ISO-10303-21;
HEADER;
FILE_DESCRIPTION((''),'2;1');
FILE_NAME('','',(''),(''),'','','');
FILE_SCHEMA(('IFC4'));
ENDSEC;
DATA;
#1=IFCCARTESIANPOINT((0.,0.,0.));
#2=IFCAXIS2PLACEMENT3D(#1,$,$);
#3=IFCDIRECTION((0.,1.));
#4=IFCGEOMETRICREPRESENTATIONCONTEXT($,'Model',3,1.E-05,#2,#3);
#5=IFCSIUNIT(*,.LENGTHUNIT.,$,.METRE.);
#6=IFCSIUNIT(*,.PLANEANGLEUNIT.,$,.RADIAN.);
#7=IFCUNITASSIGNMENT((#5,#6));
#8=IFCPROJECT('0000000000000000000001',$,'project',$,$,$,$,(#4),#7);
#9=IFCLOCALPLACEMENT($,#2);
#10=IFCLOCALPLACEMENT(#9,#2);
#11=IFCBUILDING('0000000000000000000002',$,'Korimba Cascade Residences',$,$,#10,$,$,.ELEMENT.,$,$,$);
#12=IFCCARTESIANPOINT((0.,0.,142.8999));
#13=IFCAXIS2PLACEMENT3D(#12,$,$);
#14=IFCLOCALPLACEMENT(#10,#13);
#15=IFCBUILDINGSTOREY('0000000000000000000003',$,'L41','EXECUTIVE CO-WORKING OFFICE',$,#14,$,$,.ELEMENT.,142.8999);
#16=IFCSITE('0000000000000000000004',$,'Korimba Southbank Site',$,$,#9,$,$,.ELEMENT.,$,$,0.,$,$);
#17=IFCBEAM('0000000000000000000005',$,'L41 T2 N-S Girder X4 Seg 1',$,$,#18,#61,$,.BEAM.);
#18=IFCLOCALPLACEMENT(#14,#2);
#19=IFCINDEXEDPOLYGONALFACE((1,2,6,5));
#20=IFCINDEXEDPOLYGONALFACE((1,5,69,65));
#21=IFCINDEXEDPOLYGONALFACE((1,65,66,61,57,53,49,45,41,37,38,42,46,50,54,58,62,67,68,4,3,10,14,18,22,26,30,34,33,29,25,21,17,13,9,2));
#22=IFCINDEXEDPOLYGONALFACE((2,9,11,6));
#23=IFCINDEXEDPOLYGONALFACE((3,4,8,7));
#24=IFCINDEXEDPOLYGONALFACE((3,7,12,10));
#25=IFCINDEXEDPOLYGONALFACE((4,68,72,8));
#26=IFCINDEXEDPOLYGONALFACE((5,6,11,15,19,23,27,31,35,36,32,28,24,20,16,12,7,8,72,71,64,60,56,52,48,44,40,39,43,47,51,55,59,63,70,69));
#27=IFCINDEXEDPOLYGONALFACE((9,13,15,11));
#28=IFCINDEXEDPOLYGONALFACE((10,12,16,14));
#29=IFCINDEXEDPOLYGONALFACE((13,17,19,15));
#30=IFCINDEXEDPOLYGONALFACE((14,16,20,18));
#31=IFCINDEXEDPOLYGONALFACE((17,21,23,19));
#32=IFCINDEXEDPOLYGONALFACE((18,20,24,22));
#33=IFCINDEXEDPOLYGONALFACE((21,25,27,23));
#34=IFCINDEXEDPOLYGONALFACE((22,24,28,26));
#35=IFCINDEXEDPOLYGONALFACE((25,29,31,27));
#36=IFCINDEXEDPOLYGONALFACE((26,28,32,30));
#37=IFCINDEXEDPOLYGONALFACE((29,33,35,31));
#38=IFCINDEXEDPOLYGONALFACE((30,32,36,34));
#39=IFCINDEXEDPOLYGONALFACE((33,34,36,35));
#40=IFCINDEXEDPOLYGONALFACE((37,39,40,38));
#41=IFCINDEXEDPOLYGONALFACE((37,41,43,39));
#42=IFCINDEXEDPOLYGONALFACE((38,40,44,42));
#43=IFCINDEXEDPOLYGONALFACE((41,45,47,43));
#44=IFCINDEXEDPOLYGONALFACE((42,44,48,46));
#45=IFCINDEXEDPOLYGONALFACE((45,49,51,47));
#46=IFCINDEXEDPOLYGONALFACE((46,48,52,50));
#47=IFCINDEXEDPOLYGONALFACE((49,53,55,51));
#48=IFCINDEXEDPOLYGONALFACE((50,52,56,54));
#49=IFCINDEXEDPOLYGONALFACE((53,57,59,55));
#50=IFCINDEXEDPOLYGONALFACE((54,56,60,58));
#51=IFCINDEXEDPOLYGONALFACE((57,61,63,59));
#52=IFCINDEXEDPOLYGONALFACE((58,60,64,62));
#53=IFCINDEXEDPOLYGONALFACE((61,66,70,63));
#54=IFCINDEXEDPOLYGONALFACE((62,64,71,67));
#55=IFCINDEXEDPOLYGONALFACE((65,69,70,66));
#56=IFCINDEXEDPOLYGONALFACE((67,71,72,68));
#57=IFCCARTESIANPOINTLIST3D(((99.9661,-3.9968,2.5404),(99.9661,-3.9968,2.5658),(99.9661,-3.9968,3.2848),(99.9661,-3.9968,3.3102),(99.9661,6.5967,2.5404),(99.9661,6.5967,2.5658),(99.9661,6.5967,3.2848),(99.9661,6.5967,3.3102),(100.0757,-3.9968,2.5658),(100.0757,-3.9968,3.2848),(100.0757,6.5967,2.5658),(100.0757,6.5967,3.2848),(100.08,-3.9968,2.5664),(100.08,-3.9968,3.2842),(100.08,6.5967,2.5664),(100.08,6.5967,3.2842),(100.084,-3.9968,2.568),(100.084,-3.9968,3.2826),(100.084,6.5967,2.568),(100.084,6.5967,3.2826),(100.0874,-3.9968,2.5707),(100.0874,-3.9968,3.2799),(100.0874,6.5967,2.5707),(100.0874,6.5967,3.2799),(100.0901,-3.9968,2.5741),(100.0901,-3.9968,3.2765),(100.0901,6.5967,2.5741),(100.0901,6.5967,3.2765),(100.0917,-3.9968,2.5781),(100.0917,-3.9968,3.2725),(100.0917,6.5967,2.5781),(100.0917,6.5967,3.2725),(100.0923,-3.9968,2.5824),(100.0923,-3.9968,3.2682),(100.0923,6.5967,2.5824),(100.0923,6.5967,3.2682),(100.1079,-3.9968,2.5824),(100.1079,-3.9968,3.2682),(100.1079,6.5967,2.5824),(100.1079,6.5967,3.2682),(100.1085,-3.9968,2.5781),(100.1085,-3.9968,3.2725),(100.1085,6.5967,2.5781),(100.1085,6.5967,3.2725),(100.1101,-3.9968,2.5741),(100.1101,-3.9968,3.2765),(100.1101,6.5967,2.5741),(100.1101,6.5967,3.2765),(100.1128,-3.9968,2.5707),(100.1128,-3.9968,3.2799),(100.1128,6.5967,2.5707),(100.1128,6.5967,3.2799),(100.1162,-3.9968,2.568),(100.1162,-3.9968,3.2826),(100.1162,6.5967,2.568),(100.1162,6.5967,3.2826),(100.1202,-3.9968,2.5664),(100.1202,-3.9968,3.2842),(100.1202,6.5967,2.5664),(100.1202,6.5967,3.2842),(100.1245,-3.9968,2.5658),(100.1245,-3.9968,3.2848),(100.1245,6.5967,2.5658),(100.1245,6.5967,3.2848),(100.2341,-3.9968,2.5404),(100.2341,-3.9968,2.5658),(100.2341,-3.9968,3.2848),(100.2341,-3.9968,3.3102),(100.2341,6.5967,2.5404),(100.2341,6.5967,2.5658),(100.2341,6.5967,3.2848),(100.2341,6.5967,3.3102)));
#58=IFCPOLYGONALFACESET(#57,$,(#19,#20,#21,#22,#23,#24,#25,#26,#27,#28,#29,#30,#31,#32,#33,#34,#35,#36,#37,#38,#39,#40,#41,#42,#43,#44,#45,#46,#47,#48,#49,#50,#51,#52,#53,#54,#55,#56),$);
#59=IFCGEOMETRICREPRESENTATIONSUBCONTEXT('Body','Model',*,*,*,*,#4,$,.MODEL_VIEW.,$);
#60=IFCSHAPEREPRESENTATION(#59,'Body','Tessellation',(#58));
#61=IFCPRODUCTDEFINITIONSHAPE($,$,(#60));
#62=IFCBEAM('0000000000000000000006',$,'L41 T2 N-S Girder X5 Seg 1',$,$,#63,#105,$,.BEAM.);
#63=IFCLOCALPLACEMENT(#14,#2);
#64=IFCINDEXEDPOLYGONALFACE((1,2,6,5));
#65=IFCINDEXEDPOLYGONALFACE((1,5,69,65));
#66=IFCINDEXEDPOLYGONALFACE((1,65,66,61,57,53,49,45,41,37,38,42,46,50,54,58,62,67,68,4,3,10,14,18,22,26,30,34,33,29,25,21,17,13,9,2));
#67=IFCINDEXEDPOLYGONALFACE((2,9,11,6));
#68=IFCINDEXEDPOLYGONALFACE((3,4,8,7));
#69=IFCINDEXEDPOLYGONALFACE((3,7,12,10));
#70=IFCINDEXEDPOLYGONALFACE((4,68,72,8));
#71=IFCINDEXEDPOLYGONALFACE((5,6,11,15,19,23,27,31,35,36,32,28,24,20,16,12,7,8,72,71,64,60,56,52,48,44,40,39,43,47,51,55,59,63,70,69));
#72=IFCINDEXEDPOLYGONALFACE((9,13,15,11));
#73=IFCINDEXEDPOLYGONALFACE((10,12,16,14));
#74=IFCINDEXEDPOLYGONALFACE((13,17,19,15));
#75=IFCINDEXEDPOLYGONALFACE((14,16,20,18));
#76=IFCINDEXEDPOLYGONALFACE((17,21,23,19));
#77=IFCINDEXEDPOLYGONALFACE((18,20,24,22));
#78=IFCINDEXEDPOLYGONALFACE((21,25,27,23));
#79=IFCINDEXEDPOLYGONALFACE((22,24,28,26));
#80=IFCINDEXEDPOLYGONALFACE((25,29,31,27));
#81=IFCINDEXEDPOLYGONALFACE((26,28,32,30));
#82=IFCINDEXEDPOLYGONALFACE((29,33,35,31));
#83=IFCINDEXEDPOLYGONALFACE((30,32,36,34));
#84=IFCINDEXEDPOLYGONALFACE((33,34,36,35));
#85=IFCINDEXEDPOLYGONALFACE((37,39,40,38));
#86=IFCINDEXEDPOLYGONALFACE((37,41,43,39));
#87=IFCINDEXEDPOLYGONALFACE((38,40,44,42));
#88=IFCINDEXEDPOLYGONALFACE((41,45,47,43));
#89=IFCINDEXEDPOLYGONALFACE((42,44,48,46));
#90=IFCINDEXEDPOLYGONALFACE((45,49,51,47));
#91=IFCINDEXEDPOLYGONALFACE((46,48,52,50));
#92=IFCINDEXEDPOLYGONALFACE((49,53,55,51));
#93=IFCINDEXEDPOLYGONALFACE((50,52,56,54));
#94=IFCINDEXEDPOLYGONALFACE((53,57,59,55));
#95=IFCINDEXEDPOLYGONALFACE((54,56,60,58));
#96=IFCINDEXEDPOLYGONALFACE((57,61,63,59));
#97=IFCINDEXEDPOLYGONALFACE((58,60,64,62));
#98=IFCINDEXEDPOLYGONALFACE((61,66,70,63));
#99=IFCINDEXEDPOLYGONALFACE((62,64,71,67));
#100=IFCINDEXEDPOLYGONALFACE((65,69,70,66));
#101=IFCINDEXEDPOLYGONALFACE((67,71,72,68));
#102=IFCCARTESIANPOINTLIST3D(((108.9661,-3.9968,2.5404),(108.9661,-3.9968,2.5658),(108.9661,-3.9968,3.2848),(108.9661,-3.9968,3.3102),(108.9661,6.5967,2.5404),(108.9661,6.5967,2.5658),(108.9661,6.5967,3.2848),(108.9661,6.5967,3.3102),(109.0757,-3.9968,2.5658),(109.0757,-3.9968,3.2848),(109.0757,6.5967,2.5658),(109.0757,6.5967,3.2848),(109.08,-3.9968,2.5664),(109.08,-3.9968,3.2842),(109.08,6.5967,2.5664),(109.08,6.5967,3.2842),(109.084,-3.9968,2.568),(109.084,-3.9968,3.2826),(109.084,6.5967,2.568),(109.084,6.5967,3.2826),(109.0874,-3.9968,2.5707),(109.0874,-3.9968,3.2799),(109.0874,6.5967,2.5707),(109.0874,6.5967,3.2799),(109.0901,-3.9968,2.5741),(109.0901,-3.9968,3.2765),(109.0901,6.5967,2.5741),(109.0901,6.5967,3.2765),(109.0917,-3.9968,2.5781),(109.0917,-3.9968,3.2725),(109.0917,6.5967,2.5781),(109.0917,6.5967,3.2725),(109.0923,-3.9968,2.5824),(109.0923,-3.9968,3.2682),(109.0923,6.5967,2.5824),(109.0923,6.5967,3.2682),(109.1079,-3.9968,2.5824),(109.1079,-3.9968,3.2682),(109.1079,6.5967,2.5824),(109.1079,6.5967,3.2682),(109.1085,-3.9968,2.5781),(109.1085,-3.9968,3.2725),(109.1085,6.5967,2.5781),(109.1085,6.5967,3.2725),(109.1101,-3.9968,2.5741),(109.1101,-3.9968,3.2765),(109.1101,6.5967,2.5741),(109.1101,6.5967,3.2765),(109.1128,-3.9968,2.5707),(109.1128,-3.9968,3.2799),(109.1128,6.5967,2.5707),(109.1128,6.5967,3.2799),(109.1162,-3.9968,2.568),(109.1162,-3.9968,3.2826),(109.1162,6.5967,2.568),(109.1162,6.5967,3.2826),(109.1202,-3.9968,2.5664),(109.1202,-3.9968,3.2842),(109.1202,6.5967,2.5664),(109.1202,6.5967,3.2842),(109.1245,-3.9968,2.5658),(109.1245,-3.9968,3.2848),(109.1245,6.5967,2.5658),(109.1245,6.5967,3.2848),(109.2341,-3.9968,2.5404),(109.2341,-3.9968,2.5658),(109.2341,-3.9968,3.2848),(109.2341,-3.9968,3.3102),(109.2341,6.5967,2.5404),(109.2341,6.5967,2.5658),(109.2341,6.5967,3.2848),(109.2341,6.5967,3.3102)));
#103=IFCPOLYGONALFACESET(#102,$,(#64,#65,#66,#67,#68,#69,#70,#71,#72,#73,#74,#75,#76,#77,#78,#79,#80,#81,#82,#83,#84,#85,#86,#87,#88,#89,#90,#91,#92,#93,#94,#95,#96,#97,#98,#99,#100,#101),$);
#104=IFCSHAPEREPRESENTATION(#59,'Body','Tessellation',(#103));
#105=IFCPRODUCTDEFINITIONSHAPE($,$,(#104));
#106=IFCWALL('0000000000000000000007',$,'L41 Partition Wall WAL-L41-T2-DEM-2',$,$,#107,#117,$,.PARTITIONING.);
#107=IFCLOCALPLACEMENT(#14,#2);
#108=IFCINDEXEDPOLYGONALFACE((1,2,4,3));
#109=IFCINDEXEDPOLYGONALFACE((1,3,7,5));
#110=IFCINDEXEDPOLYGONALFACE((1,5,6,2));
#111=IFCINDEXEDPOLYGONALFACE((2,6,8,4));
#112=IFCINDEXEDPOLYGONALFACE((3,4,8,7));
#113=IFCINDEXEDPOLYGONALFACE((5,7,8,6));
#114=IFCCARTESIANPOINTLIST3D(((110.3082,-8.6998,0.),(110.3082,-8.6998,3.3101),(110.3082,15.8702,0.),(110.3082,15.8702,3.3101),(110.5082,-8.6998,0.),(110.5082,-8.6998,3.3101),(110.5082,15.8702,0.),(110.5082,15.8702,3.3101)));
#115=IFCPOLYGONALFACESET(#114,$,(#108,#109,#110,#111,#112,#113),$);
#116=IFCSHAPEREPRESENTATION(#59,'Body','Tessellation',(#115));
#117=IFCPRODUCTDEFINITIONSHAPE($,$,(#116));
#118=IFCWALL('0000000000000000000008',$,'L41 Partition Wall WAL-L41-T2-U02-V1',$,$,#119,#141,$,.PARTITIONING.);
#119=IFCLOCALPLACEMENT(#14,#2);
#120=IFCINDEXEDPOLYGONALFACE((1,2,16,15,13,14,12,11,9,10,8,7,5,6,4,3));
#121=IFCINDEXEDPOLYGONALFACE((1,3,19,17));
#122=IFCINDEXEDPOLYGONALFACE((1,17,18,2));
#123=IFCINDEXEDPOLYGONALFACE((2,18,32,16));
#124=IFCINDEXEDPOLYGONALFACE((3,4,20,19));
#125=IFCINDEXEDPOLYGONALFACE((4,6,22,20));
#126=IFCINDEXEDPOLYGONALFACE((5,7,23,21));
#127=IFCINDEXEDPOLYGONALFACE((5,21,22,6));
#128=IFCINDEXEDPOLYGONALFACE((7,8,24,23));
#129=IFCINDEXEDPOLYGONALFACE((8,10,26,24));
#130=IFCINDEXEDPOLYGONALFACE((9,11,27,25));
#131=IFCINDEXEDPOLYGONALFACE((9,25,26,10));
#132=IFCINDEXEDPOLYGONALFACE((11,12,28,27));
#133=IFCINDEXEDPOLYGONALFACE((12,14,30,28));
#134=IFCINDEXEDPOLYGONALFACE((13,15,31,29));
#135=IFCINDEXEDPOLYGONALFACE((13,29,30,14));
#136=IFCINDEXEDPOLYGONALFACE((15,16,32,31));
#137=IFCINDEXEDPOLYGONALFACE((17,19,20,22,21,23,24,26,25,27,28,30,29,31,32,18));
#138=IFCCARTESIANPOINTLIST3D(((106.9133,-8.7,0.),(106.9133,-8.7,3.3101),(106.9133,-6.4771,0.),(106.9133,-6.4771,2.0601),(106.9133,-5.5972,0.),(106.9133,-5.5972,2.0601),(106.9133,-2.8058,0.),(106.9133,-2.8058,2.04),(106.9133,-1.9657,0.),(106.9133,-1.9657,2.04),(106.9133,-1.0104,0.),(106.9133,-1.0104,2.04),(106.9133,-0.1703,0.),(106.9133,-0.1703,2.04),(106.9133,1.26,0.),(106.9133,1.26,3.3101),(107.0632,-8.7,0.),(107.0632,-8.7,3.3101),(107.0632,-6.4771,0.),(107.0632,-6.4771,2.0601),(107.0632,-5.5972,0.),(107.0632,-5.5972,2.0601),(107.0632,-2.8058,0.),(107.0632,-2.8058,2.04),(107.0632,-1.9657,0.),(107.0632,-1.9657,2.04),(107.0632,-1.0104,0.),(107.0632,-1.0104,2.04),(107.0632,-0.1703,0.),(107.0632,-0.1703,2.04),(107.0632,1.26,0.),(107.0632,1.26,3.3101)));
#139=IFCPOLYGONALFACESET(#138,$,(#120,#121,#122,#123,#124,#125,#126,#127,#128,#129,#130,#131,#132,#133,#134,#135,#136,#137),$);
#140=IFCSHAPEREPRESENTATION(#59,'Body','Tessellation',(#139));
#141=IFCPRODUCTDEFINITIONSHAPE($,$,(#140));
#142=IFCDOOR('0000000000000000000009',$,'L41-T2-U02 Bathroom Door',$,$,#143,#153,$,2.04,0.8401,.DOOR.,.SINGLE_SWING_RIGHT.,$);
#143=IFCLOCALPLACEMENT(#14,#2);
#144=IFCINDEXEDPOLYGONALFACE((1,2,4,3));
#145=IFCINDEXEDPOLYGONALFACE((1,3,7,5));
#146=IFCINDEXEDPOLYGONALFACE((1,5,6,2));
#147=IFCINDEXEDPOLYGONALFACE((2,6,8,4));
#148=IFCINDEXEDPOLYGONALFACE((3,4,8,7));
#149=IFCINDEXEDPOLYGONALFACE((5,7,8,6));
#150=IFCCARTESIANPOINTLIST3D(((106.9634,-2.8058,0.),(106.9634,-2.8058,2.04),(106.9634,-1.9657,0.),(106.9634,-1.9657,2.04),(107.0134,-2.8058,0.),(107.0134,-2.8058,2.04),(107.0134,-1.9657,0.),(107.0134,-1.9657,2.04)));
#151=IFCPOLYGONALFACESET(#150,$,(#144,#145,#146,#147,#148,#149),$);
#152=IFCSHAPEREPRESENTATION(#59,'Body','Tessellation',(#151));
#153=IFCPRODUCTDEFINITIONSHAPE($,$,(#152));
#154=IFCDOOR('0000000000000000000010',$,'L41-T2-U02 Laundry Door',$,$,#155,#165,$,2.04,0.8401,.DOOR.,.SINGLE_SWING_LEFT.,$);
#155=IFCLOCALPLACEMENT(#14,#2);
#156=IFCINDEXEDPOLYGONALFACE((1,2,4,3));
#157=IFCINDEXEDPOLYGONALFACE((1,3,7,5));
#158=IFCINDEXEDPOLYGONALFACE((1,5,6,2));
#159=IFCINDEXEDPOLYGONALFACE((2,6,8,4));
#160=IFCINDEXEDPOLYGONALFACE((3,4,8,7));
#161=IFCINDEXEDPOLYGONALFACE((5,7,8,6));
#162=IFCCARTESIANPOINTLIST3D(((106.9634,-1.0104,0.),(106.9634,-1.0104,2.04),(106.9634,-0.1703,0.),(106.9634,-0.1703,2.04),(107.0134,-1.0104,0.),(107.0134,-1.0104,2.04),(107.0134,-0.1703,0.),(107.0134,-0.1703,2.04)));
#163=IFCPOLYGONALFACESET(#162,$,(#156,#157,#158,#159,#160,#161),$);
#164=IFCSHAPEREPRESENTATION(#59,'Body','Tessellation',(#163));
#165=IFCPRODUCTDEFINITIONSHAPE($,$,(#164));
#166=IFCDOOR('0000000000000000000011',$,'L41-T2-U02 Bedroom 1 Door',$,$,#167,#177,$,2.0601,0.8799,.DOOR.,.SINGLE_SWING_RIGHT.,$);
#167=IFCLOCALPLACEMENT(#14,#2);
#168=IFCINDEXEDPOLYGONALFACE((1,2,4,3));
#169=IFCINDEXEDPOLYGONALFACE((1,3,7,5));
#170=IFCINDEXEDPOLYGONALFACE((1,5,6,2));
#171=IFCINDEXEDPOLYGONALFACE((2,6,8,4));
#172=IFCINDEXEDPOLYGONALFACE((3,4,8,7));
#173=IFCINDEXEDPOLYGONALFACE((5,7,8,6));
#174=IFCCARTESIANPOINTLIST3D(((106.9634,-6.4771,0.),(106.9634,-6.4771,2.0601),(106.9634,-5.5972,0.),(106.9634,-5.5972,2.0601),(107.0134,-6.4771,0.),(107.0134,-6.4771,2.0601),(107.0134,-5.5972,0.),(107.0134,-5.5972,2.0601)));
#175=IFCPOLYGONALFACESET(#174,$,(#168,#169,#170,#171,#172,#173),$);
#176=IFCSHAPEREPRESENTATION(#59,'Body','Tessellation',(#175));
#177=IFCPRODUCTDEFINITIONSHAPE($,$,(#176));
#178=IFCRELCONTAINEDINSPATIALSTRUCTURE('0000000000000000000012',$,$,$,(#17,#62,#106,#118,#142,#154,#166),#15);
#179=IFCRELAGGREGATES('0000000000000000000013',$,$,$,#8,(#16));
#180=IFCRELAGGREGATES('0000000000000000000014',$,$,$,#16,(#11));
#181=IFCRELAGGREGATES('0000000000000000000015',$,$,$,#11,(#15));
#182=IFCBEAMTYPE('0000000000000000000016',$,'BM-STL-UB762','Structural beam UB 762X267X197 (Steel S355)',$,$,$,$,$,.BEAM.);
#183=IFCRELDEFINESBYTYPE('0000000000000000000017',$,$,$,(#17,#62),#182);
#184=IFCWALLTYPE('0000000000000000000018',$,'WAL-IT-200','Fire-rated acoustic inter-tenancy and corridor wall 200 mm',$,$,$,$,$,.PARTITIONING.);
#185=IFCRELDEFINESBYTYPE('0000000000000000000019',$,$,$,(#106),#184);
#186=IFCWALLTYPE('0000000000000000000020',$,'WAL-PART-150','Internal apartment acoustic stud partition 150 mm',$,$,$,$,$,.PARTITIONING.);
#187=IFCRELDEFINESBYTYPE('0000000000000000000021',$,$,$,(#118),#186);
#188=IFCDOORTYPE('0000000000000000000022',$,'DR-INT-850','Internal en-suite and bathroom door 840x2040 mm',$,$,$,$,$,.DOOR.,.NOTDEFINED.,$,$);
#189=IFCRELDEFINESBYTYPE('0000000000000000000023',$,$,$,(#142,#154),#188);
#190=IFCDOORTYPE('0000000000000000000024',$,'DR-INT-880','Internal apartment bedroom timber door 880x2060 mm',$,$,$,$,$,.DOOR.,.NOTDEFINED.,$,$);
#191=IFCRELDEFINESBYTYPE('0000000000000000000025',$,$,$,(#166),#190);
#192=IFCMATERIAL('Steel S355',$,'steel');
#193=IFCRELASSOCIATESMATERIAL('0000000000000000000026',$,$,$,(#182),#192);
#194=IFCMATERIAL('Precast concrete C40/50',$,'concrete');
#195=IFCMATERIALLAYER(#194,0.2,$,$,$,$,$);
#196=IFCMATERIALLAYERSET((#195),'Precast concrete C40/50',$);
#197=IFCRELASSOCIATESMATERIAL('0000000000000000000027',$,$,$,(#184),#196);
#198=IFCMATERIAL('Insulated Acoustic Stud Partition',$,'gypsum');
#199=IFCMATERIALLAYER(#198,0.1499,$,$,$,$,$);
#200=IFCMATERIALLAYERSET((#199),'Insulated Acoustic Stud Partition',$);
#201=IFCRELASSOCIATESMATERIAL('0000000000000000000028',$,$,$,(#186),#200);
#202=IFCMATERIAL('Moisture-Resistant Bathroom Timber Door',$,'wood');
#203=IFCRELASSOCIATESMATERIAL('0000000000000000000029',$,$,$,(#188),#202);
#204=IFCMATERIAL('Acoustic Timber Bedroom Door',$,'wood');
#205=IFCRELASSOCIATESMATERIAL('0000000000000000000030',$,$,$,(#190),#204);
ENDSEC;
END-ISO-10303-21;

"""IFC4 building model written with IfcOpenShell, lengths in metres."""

from ifc_helpers import new_model, si_unit, direction, frame, frame_2d, origin, origin_2d, place, context, subcontext, project, spatial, rectangle, i_section, extrude, material, layer, layer_set, material_profile, profile_set, type_object, element, fill, save


model = new_model("IFC4")

# Units and contexts
model_context = context("Model", 3, precision=1e-05, world=origin(), true_north=direction((0.0, 1.0)))
body_context = subcontext(model_context, "Body", "Model", "MODEL_VIEW")
ifc_project = project(units=[si_unit("LENGTHUNIT", "METRE"), si_unit("PLANEANGLEUNIT", "RADIAN")], contexts=[model_context])

# Site, building, storey
site_placement = place(None, origin())
site = spatial("IfcSite", under=ifc_project, at=site_placement, Name="Korimba Southbank Site", CompositionType="ELEMENT", RefElevation=0.0)
building_placement = place(site_placement, origin())
building = spatial("IfcBuilding", under=site, at=building_placement, Name="Korimba Cascade Residences", CompositionType="ELEMENT")
storey_placement = place(building_placement, frame((0.0, 0.0, 142.8999)))
storey = spatial("IfcBuildingStorey", under=building, at=storey_placement, Name="L41", Description="EXECUTIVE CO-WORKING OFFICE", CompositionType="ELEMENT", Elevation=142.8999)

# Beams
ifc_material_1 = material(Name="Steel S355", Category="steel")
ifc_material_profile_1 = material_profile(ifc_material_1, i_section(OverallWidth=0.2681, OverallDepth=0.7698, WebThickness=0.0156, FlangeThickness=0.0254, FilletRadius=0.0166, at=origin_2d()), Name="Steel S355")
ifc_profile_set_1 = profile_set([ifc_material_profile_1], Name="Steel S355")
beam_type_1 = type_object("IfcBeamType", Name="BM-STL-UB762", Description="Structural beam UB 762X267X197 (Steel S355)", PredefinedType="BEAM", material=ifc_profile_set_1)
for number, where, z_axis, x_axis, name in (
    (1, (100.1001, -3.9968, 2.9253), (0.0, 1.0, 0.0), (-1.0, 0.0, 0.0), "L41 T2 N-S Girder X4 Seg 1"),
    (2, (109.1001, -3.9968, 2.9253), (0.0, 1.0, 0.0), (-1.0, 0.0, 0.0), "L41 T2 N-S Girder X5 Seg 1"),
):
    element("IfcBeam", number, at=place(storey_placement, frame(where, z_axis=z_axis, x_axis=x_axis)), inside=storey, type_object=beam_type_1, Name=name, PredefinedType="BEAM", context=body_context, shape_type="SweptSolid", body=[
        extrude(i_section(OverallWidth=0.2681, OverallDepth=0.7698, WebThickness=0.0156, FlangeThickness=0.0254, FilletRadius=0.0166, at=origin_2d()), origin(), (0.0, 0.0, 1.0), 10.5935),
    ])

# Wall
ifc_material_2 = material(Name="Precast concrete C40/50", Category="concrete")
ifc_layer_1 = layer(ifc_material_2, 0.2)
ifc_layer_set_1 = layer_set([ifc_layer_1], Name="Precast concrete C40/50")
wall_type_1 = type_object("IfcWallType", Name="WAL-IT-200", Description="Fire-rated acoustic inter-tenancy and corridor wall 200 mm", PredefinedType="PARTITIONING", material=ifc_layer_set_1)
wall_1_placement = place(storey_placement, frame((110.4082, -8.7, 0.0), z_axis=(0.0, 0.0, 1.0), x_axis=(0.0, 1.0, 0.0)))
element("IfcWall", 3, at=wall_1_placement, inside=storey, type_object=wall_type_1, Name="L41 Partition Wall WAL-L41-T2-DEM-2", PredefinedType="PARTITIONING", context=body_context, shape_type="SweptSolid", body=[
    extrude(rectangle(XDim=24.5701, YDim=0.2, at=frame_2d((12.2852, 0.0))), origin(), (0.0, 0.0, 1.0), 3.3101),
])

# Wall, openings, doors
ifc_material_3 = material(Name="Insulated Acoustic Stud Partition", Category="gypsum")
ifc_layer_2 = layer(ifc_material_3, 0.1499)
ifc_layer_set_2 = layer_set([ifc_layer_2], Name="Insulated Acoustic Stud Partition")
wall_type_2 = type_object("IfcWallType", Name="WAL-PART-150", Description="Internal apartment acoustic stud partition 150 mm", PredefinedType="PARTITIONING", material=ifc_layer_set_2)
wall_2_placement = place(storey_placement, frame((106.9883, -8.7, 0.0), z_axis=(0.0, 0.0, 1.0), x_axis=(0.0, 1.0, 0.0)))
wall_2 = element("IfcWall", 4, at=wall_2_placement, inside=storey, type_object=wall_type_2, Name="L41 Partition Wall WAL-L41-T2-U02-V1", PredefinedType="PARTITIONING", context=body_context, shape_type="SweptSolid", body=[
    extrude(rectangle(XDim=9.96, YDim=0.1499, at=frame_2d((4.98, 0.0))), origin(), (0.0, 0.0, 1.0), 3.3101),
])
opening_1_placement = place(wall_2_placement, frame((5.8943, 0.0, 0.0)))
opening_1 = element("IfcOpeningElement", 5, at=opening_1_placement, cuts=wall_2, PredefinedType="OPENING", context=body_context, shape_type="SweptSolid", body=[
    extrude(rectangle(XDim=0.8401, YDim=2.04, at=frame_2d((0.4199, 1.02))), frame((0.0, 0.085, 0.0), z_axis=(0.0, -1.0, 0.0), x_axis=(1.0, 0.0, 0.0)), (0.0, 0.0, 1.0), 0.1699),
])
opening_2_placement = place(wall_2_placement, frame((7.6897, 0.0, 0.0)))
opening_2 = element("IfcOpeningElement", 6, at=opening_2_placement, cuts=wall_2, PredefinedType="OPENING", context=body_context, shape_type="SweptSolid", body=[
    extrude(rectangle(XDim=0.8401, YDim=2.04, at=frame_2d((0.4199, 1.02))), frame((0.0, 0.085, 0.0), z_axis=(0.0, -1.0, 0.0), x_axis=(1.0, 0.0, 0.0)), (0.0, 0.0, 1.0), 0.1699),
])
opening_3_placement = place(wall_2_placement, frame((2.2229, 0.0, 0.0)))
opening_3 = element("IfcOpeningElement", 7, at=opening_3_placement, cuts=wall_2, PredefinedType="OPENING", context=body_context, shape_type="SweptSolid", body=[
    extrude(rectangle(XDim=0.8799, YDim=2.0601, at=frame_2d((0.4399, 1.03))), frame((0.0, 0.085, 0.0), z_axis=(0.0, -1.0, 0.0), x_axis=(1.0, 0.0, 0.0)), (0.0, 0.0, 1.0), 0.1699),
])
ifc_material_4 = material(Name="Moisture-Resistant Bathroom Timber Door", Category="wood")
door_type_1 = type_object("IfcDoorType", Name="DR-INT-850", Description="Internal en-suite and bathroom door 840x2040 mm", OperationType="NOTDEFINED", PredefinedType="DOOR", material=ifc_material_4)
door_1_placement = place(opening_1_placement, origin())
door_1 = element("IfcDoor", 8, at=door_1_placement, inside=storey, type_object=door_type_1, Name="L41-T2-U02 Bathroom Door", OperationType="SINGLE_SWING_RIGHT", OverallHeight=2.04, OverallWidth=0.8401, PredefinedType="DOOR", context=body_context, shape_type="SweptSolid", body=[
    extrude(rectangle(XDim=0.8401, YDim=2.04, at=frame_2d((0.4199, 1.02))), frame((0.0, 0.0249, 0.0), z_axis=(0.0, -1.0, 0.0), x_axis=(1.0, 0.0, 0.0)), (0.0, 0.0, 1.0), 0.05),
])
fill(opening_1, door_1)
door_2_placement = place(opening_2_placement, origin())
door_2 = element("IfcDoor", 9, at=door_2_placement, inside=storey, type_object=door_type_1, Name="L41-T2-U02 Laundry Door", OperationType="SINGLE_SWING_LEFT", OverallHeight=2.04, OverallWidth=0.8401, PredefinedType="DOOR", context=body_context, shape_type="SweptSolid", body=[
    extrude(rectangle(XDim=0.8401, YDim=2.04, at=frame_2d((0.4199, 1.02))), frame((0.0, 0.0249, 0.0), z_axis=(0.0, -1.0, 0.0), x_axis=(1.0, 0.0, 0.0)), (0.0, 0.0, 1.0), 0.05),
])
fill(opening_2, door_2)
ifc_material_5 = material(Name="Acoustic Timber Bedroom Door", Category="wood")
door_type_2 = type_object("IfcDoorType", Name="DR-INT-880", Description="Internal apartment bedroom timber door 880x2060 mm", OperationType="NOTDEFINED", PredefinedType="DOOR", material=ifc_material_5)
door_3_placement = place(opening_3_placement, origin())
door_3 = element("IfcDoor", 10, at=door_3_placement, inside=storey, type_object=door_type_2, Name="L41-T2-U02 Bedroom 1 Door", OperationType="SINGLE_SWING_RIGHT", OverallHeight=2.0601, OverallWidth=0.8799, PredefinedType="DOOR", context=body_context, shape_type="SweptSolid", body=[
    extrude(rectangle(XDim=0.8799, YDim=2.0601, at=frame_2d((0.4399, 1.03))), frame((0.0, 0.0249, 0.0), z_axis=(0.0, -1.0, 0.0), x_axis=(1.0, 0.0, 0.0)), (0.0, 0.0, 1.0), 0.05),
])
fill(opening_3, door_3)

save(model, "model.ifc")
